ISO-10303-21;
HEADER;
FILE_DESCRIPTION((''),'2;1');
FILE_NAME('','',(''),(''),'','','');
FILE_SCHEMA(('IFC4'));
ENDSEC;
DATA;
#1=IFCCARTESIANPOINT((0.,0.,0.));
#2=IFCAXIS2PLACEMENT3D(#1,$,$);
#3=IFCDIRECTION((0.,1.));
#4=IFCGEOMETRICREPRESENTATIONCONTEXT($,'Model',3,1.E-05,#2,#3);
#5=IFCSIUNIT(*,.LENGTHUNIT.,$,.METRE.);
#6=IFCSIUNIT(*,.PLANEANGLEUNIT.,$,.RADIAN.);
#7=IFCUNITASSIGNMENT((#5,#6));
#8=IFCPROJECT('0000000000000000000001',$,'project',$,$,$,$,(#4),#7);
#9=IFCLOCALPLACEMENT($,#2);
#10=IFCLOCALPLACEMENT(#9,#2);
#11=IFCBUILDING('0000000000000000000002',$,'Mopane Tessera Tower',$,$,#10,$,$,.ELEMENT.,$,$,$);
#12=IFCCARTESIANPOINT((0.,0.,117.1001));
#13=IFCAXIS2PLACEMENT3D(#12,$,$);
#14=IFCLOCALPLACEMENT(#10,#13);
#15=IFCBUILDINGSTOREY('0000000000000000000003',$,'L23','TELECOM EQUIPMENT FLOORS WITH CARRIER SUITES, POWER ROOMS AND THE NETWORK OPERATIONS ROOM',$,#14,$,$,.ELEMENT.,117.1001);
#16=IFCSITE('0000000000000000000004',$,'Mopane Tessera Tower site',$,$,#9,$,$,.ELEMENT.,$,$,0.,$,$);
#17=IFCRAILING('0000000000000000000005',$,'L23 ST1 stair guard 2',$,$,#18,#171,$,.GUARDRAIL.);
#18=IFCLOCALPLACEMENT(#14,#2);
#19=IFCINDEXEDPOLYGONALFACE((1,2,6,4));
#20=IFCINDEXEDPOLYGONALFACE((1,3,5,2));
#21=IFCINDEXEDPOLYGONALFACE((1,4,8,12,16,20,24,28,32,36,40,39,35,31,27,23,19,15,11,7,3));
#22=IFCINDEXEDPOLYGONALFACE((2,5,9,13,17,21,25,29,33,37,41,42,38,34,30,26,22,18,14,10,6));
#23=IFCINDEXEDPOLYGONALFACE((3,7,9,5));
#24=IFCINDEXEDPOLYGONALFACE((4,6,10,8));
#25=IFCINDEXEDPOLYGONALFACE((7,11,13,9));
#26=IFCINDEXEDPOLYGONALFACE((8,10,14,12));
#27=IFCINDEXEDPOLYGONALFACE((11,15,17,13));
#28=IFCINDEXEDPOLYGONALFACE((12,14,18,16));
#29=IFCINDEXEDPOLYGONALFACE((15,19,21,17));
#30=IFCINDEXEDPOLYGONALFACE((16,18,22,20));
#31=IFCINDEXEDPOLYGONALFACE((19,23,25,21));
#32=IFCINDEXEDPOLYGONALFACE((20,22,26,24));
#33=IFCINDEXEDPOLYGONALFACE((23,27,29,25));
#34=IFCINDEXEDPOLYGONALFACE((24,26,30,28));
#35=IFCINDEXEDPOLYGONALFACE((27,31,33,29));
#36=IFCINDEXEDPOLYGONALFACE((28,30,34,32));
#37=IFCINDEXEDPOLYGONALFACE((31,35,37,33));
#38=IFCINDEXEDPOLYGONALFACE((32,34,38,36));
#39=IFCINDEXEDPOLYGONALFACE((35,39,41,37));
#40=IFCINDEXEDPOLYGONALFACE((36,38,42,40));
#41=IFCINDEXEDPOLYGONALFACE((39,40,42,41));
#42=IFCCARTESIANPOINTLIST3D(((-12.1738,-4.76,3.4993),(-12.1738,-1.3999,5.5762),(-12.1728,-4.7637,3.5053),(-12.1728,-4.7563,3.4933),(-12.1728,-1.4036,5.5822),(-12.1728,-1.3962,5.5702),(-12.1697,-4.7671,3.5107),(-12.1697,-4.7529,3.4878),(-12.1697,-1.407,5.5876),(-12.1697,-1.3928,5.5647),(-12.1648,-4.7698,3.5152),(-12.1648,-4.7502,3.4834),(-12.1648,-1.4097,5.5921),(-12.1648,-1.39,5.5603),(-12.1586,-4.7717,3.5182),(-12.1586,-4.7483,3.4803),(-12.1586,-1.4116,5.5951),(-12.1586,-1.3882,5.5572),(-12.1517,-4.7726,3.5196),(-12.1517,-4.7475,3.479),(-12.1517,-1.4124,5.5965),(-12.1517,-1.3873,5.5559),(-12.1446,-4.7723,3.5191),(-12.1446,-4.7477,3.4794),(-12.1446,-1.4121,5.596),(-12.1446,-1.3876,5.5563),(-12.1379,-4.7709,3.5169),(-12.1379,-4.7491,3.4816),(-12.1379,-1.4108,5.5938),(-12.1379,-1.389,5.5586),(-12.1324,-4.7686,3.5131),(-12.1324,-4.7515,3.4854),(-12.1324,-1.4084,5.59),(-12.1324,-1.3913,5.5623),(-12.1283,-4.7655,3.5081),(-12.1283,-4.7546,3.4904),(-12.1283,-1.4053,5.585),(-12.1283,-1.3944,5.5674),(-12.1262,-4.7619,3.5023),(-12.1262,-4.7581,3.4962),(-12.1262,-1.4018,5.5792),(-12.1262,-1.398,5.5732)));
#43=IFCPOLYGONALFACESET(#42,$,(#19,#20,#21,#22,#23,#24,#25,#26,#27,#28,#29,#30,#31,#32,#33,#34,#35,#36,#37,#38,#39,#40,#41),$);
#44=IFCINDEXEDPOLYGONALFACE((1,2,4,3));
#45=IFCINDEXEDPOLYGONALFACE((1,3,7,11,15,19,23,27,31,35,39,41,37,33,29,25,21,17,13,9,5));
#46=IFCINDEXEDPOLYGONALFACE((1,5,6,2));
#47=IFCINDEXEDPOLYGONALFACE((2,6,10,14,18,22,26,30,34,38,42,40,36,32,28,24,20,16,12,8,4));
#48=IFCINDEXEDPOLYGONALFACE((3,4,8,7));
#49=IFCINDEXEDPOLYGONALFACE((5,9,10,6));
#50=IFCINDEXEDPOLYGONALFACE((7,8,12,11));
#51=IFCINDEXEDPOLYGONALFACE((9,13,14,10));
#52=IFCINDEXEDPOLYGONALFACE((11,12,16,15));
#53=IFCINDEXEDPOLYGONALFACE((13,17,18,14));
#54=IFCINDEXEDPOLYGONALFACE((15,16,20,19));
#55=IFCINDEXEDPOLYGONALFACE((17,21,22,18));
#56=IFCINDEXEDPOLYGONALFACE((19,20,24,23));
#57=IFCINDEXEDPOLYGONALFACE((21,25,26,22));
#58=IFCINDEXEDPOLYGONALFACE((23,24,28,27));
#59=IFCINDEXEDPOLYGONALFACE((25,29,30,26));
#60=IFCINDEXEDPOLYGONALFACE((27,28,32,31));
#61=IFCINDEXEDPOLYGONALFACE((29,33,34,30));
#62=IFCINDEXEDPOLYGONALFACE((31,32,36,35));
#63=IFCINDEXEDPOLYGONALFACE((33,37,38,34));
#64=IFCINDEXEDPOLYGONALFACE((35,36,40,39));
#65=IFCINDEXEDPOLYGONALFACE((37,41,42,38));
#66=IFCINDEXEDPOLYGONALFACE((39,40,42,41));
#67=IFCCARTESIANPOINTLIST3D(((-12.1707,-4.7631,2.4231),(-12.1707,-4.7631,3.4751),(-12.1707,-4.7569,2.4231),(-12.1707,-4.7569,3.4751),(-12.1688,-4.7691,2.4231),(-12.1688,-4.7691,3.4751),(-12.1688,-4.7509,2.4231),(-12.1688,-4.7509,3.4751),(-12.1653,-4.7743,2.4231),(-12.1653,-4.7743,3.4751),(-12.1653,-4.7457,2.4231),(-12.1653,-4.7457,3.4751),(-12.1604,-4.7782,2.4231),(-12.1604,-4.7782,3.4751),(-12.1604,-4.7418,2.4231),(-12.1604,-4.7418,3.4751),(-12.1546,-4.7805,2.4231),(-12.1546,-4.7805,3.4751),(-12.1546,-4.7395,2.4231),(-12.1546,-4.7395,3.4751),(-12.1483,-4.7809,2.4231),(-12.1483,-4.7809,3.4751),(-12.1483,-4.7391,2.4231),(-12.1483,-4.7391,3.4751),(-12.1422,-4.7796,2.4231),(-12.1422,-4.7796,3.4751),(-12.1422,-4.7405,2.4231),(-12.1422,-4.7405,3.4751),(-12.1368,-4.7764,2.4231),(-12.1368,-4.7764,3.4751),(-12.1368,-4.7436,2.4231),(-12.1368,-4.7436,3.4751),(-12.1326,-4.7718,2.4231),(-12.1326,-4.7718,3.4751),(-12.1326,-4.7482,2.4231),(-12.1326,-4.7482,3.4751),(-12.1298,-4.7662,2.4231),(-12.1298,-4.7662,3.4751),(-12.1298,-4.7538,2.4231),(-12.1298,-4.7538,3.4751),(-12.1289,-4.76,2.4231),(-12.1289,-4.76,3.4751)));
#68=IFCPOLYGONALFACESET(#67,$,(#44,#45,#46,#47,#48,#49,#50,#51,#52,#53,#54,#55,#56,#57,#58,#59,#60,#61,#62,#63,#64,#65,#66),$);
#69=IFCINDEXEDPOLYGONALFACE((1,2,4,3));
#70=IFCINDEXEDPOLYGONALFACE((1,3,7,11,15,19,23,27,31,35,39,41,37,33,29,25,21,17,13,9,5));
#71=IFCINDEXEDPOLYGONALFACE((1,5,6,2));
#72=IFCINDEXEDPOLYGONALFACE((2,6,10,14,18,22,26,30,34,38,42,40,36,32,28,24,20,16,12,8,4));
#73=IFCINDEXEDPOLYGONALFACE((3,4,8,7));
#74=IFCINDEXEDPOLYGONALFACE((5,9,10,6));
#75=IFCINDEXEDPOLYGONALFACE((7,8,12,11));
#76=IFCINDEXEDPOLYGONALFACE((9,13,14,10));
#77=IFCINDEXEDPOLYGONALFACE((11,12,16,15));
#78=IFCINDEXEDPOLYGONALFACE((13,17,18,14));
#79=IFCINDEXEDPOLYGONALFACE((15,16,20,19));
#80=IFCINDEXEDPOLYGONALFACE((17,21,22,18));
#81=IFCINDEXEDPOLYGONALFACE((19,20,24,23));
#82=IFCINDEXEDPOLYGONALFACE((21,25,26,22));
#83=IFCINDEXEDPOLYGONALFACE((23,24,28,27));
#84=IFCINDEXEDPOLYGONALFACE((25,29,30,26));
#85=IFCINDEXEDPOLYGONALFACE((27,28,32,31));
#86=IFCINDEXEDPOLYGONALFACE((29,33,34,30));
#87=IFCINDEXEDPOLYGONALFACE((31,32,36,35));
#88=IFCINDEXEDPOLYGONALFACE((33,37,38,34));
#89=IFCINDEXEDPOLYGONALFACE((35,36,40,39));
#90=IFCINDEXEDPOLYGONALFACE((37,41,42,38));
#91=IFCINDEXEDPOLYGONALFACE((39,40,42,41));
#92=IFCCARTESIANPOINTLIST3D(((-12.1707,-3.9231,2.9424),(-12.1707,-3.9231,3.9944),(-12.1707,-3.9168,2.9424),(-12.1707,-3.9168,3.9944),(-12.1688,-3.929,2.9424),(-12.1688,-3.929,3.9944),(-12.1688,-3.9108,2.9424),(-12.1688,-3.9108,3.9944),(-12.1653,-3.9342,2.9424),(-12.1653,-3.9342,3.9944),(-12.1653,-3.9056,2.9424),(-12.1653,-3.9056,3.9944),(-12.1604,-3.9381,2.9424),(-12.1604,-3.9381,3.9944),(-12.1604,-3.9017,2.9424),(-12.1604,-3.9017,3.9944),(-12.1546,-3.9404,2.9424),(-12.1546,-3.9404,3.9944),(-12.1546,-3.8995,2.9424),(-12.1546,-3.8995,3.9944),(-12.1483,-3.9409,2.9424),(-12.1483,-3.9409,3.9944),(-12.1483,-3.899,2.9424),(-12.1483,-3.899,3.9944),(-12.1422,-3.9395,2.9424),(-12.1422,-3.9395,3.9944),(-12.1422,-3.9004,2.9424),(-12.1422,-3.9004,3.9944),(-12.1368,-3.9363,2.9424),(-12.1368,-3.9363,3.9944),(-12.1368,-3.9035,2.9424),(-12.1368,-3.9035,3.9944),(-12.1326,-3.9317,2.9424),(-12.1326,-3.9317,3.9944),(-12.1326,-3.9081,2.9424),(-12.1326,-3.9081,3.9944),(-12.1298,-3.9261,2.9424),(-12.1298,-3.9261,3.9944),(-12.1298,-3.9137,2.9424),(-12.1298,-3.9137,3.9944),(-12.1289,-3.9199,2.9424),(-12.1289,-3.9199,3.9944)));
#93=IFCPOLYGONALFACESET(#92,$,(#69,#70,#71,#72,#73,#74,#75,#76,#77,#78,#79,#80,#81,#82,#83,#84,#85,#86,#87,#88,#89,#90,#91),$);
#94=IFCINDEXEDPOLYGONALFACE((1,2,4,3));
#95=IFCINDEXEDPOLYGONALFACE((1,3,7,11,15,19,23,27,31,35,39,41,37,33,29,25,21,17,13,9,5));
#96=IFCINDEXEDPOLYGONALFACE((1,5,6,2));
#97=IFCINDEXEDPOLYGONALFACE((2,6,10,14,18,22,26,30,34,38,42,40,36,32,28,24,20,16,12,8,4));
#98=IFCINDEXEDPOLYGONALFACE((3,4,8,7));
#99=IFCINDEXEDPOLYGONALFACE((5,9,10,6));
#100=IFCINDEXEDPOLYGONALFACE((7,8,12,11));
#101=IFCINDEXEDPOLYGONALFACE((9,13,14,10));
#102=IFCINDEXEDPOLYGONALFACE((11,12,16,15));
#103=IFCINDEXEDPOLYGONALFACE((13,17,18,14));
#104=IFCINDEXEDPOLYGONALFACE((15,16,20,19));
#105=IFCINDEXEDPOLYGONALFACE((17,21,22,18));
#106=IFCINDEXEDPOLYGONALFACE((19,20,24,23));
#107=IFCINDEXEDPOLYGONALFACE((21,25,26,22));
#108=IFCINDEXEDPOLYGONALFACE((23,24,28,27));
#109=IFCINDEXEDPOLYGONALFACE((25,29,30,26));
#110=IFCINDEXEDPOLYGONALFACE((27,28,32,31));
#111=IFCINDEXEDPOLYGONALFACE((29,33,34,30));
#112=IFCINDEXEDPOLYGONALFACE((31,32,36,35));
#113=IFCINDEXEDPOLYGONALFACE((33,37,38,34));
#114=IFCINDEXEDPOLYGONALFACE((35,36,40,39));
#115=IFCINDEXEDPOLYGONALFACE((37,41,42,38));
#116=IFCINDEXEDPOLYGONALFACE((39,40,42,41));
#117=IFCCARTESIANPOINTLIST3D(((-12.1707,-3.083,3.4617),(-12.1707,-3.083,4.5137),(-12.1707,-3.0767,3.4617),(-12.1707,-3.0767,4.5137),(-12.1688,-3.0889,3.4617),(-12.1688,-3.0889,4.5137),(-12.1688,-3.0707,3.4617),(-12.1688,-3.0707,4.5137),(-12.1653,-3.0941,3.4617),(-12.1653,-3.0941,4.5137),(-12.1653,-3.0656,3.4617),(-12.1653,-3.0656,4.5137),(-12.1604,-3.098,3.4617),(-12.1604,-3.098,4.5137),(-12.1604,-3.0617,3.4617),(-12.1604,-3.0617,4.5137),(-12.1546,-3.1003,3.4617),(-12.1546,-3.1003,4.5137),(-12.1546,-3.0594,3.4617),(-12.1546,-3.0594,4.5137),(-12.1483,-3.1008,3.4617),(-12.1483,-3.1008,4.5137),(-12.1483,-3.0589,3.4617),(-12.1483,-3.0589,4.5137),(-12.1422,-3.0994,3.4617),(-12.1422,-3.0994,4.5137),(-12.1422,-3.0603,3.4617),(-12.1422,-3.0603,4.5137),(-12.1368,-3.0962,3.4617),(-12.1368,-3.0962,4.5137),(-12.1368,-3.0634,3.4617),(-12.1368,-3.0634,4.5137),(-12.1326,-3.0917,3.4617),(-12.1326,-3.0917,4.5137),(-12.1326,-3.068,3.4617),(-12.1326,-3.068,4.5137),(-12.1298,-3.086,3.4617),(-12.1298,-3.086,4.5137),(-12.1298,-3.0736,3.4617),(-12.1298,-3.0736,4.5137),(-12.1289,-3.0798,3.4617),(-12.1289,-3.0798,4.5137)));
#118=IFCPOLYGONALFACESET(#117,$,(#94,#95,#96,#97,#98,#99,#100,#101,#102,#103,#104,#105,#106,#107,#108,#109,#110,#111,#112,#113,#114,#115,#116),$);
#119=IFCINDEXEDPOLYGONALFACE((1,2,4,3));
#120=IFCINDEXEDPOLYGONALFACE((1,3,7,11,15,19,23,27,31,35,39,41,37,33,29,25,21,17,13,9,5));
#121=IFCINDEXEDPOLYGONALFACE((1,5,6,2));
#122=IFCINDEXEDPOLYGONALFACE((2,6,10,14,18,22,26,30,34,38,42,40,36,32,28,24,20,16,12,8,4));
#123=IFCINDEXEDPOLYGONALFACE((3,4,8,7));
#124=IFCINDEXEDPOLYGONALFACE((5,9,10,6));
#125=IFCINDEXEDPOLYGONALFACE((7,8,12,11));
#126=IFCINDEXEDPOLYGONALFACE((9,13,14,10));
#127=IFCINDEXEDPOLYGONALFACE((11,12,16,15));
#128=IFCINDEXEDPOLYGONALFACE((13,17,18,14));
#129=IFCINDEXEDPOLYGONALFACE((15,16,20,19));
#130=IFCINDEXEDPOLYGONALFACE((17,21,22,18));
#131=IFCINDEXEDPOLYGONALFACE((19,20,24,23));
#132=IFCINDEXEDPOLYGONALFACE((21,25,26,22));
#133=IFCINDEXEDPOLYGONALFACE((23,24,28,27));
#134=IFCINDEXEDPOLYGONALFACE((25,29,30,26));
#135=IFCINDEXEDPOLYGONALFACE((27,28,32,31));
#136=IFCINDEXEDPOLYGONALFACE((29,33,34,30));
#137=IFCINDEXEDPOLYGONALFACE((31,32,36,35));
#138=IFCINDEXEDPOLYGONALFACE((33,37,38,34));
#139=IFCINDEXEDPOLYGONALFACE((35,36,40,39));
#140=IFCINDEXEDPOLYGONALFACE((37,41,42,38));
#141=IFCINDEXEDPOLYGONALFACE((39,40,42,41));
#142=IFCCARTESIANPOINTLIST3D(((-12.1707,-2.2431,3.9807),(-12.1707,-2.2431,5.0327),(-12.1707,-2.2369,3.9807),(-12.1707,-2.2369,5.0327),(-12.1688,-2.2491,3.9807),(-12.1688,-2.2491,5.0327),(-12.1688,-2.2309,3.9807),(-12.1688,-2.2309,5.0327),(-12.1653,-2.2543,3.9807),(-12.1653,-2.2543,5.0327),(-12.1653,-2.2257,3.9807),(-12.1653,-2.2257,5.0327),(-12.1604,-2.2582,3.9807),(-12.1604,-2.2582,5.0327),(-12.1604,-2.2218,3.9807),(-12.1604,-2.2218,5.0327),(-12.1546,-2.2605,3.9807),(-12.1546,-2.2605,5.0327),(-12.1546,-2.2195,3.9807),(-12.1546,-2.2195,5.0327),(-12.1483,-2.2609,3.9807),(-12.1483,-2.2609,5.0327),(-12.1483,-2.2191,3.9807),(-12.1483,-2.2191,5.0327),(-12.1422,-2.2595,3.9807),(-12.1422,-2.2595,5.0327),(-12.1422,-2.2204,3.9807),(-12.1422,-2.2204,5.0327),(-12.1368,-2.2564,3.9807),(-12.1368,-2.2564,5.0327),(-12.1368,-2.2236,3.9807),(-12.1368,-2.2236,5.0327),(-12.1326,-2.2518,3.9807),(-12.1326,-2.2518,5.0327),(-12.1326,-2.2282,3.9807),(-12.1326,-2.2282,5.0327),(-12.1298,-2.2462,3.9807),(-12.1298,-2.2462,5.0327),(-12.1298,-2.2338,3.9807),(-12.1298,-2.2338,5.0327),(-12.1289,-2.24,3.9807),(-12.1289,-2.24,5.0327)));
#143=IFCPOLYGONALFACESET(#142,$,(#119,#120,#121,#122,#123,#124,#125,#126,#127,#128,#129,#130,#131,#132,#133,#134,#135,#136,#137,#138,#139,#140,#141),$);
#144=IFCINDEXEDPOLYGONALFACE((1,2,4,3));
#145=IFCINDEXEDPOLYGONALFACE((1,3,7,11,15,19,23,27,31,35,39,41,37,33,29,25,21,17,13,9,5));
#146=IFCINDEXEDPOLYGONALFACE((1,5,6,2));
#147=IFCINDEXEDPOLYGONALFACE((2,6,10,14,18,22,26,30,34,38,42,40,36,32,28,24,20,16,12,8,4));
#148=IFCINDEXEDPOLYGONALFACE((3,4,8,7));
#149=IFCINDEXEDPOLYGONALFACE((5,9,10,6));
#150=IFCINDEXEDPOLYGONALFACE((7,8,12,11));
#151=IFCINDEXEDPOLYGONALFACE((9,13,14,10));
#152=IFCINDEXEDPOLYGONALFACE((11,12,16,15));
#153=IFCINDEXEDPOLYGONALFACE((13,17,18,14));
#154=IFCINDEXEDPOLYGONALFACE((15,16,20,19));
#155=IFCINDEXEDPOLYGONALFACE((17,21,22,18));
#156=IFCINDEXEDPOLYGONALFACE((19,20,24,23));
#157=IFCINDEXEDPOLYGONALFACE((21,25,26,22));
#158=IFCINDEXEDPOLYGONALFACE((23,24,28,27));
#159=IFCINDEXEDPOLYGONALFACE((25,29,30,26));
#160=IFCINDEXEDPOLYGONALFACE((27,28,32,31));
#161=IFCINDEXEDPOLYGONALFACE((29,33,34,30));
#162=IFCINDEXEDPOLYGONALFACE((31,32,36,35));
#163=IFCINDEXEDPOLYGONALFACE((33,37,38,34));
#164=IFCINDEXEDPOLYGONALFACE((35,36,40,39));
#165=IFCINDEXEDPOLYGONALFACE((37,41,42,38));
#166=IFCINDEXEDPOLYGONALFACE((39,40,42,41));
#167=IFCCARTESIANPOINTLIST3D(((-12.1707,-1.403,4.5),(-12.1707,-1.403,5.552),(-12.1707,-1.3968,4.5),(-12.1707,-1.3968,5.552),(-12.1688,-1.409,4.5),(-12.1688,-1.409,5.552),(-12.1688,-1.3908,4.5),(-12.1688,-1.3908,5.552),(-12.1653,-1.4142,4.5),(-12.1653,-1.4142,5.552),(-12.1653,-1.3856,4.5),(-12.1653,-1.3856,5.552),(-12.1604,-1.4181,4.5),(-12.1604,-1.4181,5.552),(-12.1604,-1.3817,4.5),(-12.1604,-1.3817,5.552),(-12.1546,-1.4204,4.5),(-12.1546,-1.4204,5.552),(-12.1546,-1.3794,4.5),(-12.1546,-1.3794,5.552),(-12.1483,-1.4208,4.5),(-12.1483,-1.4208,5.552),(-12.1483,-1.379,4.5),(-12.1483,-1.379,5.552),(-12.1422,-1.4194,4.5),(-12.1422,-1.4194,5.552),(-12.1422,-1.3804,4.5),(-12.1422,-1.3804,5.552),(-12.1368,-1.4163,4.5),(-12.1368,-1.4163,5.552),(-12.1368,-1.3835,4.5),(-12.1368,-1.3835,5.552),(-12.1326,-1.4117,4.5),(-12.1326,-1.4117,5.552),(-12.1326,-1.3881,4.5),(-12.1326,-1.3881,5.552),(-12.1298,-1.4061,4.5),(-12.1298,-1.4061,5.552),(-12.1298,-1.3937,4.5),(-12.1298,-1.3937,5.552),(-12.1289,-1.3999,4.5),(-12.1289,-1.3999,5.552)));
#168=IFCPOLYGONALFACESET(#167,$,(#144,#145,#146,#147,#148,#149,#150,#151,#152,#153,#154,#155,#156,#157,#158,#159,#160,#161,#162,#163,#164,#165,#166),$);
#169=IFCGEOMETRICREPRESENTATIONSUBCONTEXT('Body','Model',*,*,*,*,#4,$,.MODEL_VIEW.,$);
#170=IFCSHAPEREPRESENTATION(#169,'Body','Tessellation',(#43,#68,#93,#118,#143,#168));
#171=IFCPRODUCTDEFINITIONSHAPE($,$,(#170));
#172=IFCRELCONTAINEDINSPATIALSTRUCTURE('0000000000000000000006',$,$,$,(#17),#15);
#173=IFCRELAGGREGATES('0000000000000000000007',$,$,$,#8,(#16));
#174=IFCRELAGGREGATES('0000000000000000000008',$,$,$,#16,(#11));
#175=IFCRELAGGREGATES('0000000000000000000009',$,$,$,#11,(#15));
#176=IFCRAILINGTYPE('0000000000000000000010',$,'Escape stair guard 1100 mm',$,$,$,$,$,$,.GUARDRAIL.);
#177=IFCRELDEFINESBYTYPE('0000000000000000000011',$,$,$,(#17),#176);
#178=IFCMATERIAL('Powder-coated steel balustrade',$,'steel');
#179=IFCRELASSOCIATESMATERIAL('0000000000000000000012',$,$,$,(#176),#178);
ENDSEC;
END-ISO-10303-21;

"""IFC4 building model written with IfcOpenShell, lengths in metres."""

from ifc_helpers import new_model, si_unit, direction, frame, origin, origin_2d, place, context, subcontext, project, spatial, circle, extrude, material, type_object, element, save


model = new_model("IFC4")

# Units and contexts
model_context = context("Model", 3, precision=1e-05, world=origin(), true_north=direction((0.0, 1.0)))
body_context = subcontext(model_context, "Body", "Model", "MODEL_VIEW")
ifc_project = project(units=[si_unit("LENGTHUNIT", "METRE"), si_unit("PLANEANGLEUNIT", "RADIAN")], contexts=[model_context])

# Site, building, storey
site_placement = place(None, origin())
site = spatial("IfcSite", under=ifc_project, at=site_placement, Name="Mopane Tessera Tower site", CompositionType="ELEMENT", RefElevation=0.0)
building_placement = place(site_placement, origin())
building = spatial("IfcBuilding", under=site, at=building_placement, Name="Mopane Tessera Tower", CompositionType="ELEMENT")
storey_placement = place(building_placement, frame((0.0, 0.0, 117.1001)))
storey = spatial("IfcBuildingStorey", under=building, at=storey_placement, Name="L23", Description="TELECOM EQUIPMENT FLOORS WITH CARRIER SUITES, POWER ROOMS AND THE NETWORK OPERATIONS ROOM", CompositionType="ELEMENT", Elevation=117.1001)

# Railing
ifc_material_1 = material(Name="Powder-coated steel balustrade", Category="steel")
railing_type_1 = type_object("IfcRailingType", Name="Escape stair guard 1100 mm", PredefinedType="GUARDRAIL", material=ifc_material_1)
railing_1_placement = place(storey_placement, frame((-12.1499, -4.76, 2.4231)))
element("IfcRailing", 1, at=railing_1_placement, inside=storey, type_object=railing_type_1, Name="L23 ST1 stair guard 2", PredefinedType="GUARDRAIL", context=body_context, shape_type="SweptSolid", body=[
    extrude(circle(Radius=0.0239, at=origin_2d()), frame((0.0, 0.0, 1.0762), z_axis=(0.0, 0.850623, 0.525776), x_axis=(-1.0, 0.0, 0.0)), (0.0, 0.0, 1.0), 3.9502),
    extrude(circle(Radius=0.021, at=origin_2d()), origin(), (0.0, 0.0, 1.0), 1.052),
    extrude(circle(Radius=0.021, at=origin_2d()), frame((0.0, 0.8401, 0.5193)), (0.0, 0.0, 1.0), 1.052),
    extrude(circle(Radius=0.021, at=origin_2d()), frame((0.0, 1.6802, 1.0386)), (0.0, 0.0, 1.0), 1.052),
    extrude(circle(Radius=0.021, at=origin_2d()), frame((0.0, 2.52, 1.5576)), (0.0, 0.0, 1.0), 1.052),
    extrude(circle(Radius=0.021, at=origin_2d()), frame((0.0, 3.3601, 2.0769)), (0.0, 0.0, 1.0), 1.052),
])

save(model, "model.ifc")
